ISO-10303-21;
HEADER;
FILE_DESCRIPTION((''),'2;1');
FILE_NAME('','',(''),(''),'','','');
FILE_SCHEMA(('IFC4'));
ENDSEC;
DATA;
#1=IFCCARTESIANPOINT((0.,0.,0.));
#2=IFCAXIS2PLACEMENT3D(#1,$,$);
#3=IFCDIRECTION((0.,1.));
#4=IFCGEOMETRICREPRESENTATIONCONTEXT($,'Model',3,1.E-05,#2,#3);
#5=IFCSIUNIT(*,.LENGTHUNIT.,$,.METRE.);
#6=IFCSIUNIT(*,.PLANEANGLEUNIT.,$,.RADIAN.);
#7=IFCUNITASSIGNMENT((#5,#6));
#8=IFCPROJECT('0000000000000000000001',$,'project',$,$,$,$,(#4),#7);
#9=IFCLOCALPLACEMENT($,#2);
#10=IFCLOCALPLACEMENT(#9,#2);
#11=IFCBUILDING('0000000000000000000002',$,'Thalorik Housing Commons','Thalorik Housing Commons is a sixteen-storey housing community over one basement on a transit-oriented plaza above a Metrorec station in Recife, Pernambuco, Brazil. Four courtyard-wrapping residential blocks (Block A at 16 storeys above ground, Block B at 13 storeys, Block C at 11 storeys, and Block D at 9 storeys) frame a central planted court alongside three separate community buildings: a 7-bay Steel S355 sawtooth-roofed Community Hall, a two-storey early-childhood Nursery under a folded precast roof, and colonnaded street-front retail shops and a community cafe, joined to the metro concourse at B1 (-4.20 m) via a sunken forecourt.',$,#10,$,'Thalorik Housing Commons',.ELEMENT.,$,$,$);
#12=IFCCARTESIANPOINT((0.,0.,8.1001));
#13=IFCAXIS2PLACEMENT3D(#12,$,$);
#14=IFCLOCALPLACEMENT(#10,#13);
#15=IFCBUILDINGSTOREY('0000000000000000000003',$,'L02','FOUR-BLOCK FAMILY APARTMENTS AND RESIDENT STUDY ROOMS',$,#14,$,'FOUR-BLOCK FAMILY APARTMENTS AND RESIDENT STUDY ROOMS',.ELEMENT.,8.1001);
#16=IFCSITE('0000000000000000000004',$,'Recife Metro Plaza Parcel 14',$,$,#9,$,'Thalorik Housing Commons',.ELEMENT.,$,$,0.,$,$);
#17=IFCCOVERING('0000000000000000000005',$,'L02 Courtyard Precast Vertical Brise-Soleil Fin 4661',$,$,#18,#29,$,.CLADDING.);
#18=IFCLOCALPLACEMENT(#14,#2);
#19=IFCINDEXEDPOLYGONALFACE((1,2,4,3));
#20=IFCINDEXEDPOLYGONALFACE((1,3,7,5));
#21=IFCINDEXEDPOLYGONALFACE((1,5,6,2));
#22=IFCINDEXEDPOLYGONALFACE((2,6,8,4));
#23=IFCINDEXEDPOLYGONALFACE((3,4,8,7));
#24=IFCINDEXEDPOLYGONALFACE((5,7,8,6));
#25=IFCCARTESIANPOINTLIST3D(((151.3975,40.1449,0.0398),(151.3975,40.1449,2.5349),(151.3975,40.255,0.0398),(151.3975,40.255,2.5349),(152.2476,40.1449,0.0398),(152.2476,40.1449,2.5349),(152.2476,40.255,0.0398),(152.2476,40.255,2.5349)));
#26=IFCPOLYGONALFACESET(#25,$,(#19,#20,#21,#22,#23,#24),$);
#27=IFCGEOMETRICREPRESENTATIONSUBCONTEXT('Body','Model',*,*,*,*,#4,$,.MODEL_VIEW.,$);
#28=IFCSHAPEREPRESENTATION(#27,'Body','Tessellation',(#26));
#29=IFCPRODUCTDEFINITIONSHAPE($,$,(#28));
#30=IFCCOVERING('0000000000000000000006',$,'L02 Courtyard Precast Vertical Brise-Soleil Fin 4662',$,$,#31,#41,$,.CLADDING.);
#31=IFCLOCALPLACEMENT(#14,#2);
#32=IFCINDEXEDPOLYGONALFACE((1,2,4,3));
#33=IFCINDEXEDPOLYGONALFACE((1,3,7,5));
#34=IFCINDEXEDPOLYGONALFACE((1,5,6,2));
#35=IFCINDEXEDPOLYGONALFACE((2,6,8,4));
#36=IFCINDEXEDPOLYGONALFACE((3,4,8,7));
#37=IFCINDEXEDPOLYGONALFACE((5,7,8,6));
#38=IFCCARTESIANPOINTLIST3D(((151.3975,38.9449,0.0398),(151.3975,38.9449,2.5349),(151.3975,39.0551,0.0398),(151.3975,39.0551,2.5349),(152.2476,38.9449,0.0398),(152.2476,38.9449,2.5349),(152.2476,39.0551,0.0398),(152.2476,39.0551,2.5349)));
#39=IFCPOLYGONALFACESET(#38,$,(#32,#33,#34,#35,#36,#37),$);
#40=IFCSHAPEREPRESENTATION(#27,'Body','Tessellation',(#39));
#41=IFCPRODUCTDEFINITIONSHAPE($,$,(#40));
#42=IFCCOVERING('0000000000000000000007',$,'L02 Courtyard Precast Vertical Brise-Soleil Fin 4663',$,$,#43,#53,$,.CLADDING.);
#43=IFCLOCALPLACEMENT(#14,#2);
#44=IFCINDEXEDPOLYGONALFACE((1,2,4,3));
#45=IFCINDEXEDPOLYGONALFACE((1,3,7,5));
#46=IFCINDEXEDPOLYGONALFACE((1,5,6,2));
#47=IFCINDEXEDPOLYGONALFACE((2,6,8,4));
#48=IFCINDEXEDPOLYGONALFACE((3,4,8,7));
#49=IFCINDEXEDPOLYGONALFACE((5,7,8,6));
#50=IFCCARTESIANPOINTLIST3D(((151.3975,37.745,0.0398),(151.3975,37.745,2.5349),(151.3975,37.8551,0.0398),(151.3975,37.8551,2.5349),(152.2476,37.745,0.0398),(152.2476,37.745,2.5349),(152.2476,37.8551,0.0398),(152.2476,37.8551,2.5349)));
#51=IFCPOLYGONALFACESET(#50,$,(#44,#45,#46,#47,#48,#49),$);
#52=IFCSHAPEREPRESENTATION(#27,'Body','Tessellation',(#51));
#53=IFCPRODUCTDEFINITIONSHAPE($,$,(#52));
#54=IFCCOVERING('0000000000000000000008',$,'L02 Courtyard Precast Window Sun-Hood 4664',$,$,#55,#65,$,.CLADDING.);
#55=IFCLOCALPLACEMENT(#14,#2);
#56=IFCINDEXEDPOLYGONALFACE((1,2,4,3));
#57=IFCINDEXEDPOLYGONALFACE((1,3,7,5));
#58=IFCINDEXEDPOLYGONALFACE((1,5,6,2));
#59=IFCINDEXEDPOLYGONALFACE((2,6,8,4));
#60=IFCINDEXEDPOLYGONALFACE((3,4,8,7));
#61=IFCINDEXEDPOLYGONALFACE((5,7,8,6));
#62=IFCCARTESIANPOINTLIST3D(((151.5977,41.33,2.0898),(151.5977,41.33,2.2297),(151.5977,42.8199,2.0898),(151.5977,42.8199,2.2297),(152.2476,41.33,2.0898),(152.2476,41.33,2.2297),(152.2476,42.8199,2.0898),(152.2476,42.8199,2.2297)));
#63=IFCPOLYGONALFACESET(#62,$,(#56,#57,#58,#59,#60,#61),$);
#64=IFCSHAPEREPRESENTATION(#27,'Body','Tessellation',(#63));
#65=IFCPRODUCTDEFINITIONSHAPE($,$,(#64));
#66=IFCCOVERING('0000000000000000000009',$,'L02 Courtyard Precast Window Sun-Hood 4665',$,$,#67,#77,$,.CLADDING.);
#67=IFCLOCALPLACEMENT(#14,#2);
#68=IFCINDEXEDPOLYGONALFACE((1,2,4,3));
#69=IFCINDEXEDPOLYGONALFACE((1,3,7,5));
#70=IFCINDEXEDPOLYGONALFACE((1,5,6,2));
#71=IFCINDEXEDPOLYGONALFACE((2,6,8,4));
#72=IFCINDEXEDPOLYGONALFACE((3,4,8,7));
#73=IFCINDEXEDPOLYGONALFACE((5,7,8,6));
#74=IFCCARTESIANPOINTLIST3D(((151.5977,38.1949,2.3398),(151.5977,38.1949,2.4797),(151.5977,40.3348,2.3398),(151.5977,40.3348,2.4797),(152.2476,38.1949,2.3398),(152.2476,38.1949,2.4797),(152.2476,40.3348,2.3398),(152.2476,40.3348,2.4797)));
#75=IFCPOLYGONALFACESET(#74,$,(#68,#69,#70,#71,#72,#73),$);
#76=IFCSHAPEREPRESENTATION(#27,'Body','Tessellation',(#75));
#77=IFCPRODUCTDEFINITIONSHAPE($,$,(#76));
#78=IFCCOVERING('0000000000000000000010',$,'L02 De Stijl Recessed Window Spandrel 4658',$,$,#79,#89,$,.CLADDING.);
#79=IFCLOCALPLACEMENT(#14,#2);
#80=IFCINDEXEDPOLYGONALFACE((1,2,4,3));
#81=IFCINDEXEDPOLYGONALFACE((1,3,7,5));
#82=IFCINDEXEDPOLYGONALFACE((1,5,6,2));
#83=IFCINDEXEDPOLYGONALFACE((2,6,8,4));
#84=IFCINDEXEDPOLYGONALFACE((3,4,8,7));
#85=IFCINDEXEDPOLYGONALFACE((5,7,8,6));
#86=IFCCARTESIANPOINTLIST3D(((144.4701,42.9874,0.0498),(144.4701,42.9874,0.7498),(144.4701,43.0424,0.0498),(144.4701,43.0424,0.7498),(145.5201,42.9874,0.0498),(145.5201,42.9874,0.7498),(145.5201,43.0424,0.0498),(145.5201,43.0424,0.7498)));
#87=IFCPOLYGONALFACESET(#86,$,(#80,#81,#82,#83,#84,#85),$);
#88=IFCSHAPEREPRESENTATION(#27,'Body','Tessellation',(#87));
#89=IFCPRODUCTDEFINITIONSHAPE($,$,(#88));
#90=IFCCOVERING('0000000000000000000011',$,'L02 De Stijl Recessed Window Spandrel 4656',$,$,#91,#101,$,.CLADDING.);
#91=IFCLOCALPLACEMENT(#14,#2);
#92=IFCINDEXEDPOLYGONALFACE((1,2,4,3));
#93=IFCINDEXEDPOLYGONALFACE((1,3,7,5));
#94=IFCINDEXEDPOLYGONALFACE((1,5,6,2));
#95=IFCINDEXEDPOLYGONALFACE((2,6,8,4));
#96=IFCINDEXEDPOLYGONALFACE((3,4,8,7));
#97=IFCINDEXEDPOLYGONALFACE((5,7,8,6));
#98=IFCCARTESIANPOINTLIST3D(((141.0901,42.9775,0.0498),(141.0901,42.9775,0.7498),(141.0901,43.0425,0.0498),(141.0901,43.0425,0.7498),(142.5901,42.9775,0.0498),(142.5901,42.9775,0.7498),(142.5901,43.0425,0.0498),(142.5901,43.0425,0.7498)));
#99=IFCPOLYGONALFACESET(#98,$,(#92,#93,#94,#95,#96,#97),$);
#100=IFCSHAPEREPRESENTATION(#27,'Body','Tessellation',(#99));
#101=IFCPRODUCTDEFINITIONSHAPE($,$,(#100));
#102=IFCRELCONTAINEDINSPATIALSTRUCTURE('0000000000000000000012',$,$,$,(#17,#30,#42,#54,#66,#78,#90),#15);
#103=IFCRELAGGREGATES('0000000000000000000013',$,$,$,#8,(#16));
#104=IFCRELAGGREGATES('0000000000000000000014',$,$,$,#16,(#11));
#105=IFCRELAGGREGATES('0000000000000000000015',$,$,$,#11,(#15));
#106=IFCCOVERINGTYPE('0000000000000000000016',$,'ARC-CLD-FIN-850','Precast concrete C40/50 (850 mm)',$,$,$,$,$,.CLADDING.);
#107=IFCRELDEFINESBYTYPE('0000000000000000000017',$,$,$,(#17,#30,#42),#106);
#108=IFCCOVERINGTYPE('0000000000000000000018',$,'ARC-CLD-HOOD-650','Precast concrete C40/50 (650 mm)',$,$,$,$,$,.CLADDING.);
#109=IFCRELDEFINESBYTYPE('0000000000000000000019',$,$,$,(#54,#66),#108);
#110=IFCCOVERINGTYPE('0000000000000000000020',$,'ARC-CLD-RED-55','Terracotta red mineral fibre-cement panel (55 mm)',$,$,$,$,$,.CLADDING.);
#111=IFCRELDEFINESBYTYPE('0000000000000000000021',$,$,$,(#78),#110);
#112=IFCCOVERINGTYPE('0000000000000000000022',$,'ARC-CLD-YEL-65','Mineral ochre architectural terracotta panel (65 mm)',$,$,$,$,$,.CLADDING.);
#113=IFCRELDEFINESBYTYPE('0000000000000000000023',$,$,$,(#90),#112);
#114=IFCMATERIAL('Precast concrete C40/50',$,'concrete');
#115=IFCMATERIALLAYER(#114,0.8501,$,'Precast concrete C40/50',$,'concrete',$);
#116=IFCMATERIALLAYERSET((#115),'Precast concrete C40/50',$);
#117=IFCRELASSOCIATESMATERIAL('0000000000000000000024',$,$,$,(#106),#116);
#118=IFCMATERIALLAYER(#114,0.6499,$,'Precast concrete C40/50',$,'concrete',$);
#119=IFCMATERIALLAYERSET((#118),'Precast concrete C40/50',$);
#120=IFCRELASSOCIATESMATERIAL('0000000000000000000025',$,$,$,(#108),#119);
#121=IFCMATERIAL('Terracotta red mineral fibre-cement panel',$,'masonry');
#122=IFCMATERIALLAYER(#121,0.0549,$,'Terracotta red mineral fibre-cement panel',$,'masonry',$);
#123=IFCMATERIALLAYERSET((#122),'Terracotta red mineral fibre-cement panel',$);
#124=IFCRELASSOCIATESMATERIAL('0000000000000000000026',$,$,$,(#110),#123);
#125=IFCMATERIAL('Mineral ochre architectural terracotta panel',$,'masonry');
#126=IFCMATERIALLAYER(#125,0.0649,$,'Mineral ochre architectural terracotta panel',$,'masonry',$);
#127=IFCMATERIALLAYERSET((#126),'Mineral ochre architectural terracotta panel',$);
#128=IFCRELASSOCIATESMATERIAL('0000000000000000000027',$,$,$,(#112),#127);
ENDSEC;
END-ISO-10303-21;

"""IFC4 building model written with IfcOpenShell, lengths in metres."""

from ifc_helpers import new_model, si_unit, direction, frame, origin, origin_2d, place, context, subcontext, project, spatial, rectangle, extrude, material, layer, layer_set, type_object, element, save


model = new_model("IFC4")

# Units and contexts
model_context = context("Model", 3, precision=1e-05, world=origin(), true_north=direction((0.0, 1.0)))
body_context = subcontext(model_context, "Body", "Model", "MODEL_VIEW")
ifc_project = project(units=[si_unit("LENGTHUNIT", "METRE"), si_unit("PLANEANGLEUNIT", "RADIAN")], contexts=[model_context])

# Site, building, storey
site_placement = place(None, origin())
site = spatial("IfcSite", under=ifc_project, at=site_placement, Name="Recife Metro Plaza Parcel 14", LongName="Thalorik Housing Commons", CompositionType="ELEMENT", RefElevation=0.0)
building_placement = place(site_placement, origin())
building = spatial("IfcBuilding", under=site, at=building_placement, Name="Thalorik Housing Commons", Description="Thalorik Housing Commons is a sixteen-storey housing community over one basement on a transit-oriented plaza above a Metrorec station in Recife, Pernambuco, Brazil. Four courtyard-wrapping residential blocks (Block A at 16 storeys above ground, Block B at 13 storeys, Block C at 11 storeys, and Block D at 9 storeys) frame a central planted court alongside three separate community buildings: a 7-bay Steel S355 sawtooth-roofed Community Hall, a two-storey early-childhood Nursery under a folded precast roof, and colonnaded street-front retail shops and a community cafe, joined to the metro concourse at B1 (-4.20 m) via a sunken forecourt.", LongName="Thalorik Housing Commons", CompositionType="ELEMENT")
storey_placement = place(building_placement, frame((0.0, 0.0, 8.1001)))
storey = spatial("IfcBuildingStorey", under=building, at=storey_placement, Name="L02", Description="FOUR-BLOCK FAMILY APARTMENTS AND RESIDENT STUDY ROOMS", LongName="FOUR-BLOCK FAMILY APARTMENTS AND RESIDENT STUDY ROOMS", CompositionType="ELEMENT", Elevation=8.1001)

# Shared definitions
ifc_material_1 = material(Name="Precast concrete C40/50", Category="concrete")

# Coverings
ifc_layer_1 = layer(ifc_material_1, 0.8501, Name="Precast concrete C40/50", Category="concrete")
ifc_layer_set_1 = layer_set([ifc_layer_1], Name="Precast concrete C40/50")
covering_type_1 = type_object("IfcCoveringType", Name="ARC-CLD-FIN-850", Description="Precast concrete C40/50 (850 mm)", PredefinedType="CLADDING", material=ifc_layer_set_1)
for number, where, z_axis, x_axis, name in (
    (1, (151.8225, 40.2, 0.0398), (0.0, 0.0, 1.0), (0.0, -1.0, 0.0), "L02 Courtyard Precast Vertical Brise-Soleil Fin 4661"),
    (2, (151.8225, 39.0, 0.0398), (0.0, 0.0, 1.0), (0.0, -1.0, 0.0), "L02 Courtyard Precast Vertical Brise-Soleil Fin 4662"),
    (3, (151.8225, 37.8, 0.0398), (0.0, 0.0, 1.0), (0.0, -1.0, 0.0), "L02 Courtyard Precast Vertical Brise-Soleil Fin 4663"),
):
    element("IfcCovering", number, at=place(storey_placement, frame(where, z_axis=z_axis, x_axis=x_axis)), inside=storey, type_object=covering_type_1, Name=name, PredefinedType="CLADDING", context=body_context, shape_type="SweptSolid", body=[
        extrude(rectangle(XDim=0.1101, YDim=0.8501, at=origin_2d()), origin(), (0.0, 0.0, 1.0), 2.4951),
    ])
ifc_layer_2 = layer(ifc_material_1, 0.6499, Name="Precast concrete C40/50", Category="concrete")
ifc_layer_set_2 = layer_set([ifc_layer_2], Name="Precast concrete C40/50")
covering_type_2 = type_object("IfcCoveringType", Name="ARC-CLD-HOOD-650", Description="Precast concrete C40/50 (650 mm)", PredefinedType="CLADDING", material=ifc_layer_set_2)
covering_1_placement = place(storey_placement, frame((151.9226, 42.075, 2.0898), z_axis=(0.0, 0.0, 1.0), x_axis=(0.0, -1.0, 0.0)))
element("IfcCovering", 4, at=covering_1_placement, inside=storey, type_object=covering_type_2, Name="L02 Courtyard Precast Window Sun-Hood 4664", PredefinedType="CLADDING", context=body_context, shape_type="SweptSolid", body=[
    extrude(rectangle(XDim=1.49, YDim=0.6499, at=origin_2d()), origin(), (0.0, 0.0, 1.0), 0.1399),
])
covering_2_placement = place(storey_placement, frame((151.9226, 39.2649, 2.3398), z_axis=(0.0, 0.0, 1.0), x_axis=(0.0, -1.0, 0.0)))
element("IfcCovering", 5, at=covering_2_placement, inside=storey, type_object=covering_type_2, Name="L02 Courtyard Precast Window Sun-Hood 4665", PredefinedType="CLADDING", context=body_context, shape_type="SweptSolid", body=[
    extrude(rectangle(XDim=2.1399, YDim=0.6499, at=origin_2d()), origin(), (0.0, 0.0, 1.0), 0.1399),
])
ifc_material_2 = material(Name="Terracotta red mineral fibre-cement panel", Category="masonry")
ifc_layer_3 = layer(ifc_material_2, 0.0549, Name="Terracotta red mineral fibre-cement panel", Category="masonry")
ifc_layer_set_3 = layer_set([ifc_layer_3], Name="Terracotta red mineral fibre-cement panel")
covering_type_3 = type_object("IfcCoveringType", Name="ARC-CLD-RED-55", Description="Terracotta red mineral fibre-cement panel (55 mm)", PredefinedType="CLADDING", material=ifc_layer_set_3)
covering_3_placement = place(storey_placement, frame((144.9951, 43.0149, 0.0498), z_axis=(0.0, 0.0, 1.0), x_axis=(1.0, 0.0, 0.0)))
element("IfcCovering", 6, at=covering_3_placement, inside=storey, type_object=covering_type_3, Name="L02 De Stijl Recessed Window Spandrel 4658", PredefinedType="CLADDING", context=body_context, shape_type="SweptSolid", body=[
    extrude(rectangle(XDim=1.05, YDim=0.0549, at=origin_2d()), origin(), (0.0, 0.0, 1.0), 0.7),
])
ifc_material_3 = material(Name="Mineral ochre architectural terracotta panel", Category="masonry")
ifc_layer_4 = layer(ifc_material_3, 0.0649, Name="Mineral ochre architectural terracotta panel", Category="masonry")
ifc_layer_set_4 = layer_set([ifc_layer_4], Name="Mineral ochre architectural terracotta panel")
covering_type_4 = type_object("IfcCoveringType", Name="ARC-CLD-YEL-65", Description="Mineral ochre architectural terracotta panel (65 mm)", PredefinedType="CLADDING", material=ifc_layer_set_4)
covering_4_placement = place(storey_placement, frame((141.8401, 43.01, 0.0498), z_axis=(0.0, 0.0, 1.0), x_axis=(1.0, 0.0, 0.0)))
element("IfcCovering", 7, at=covering_4_placement, inside=storey, type_object=covering_type_4, Name="L02 De Stijl Recessed Window Spandrel 4656", PredefinedType="CLADDING", context=body_context, shape_type="SweptSolid", body=[
    extrude(rectangle(XDim=1.5, YDim=0.0649, at=origin_2d()), origin(), (0.0, 0.0, 1.0), 0.7),
])

save(model, "model.ifc")
